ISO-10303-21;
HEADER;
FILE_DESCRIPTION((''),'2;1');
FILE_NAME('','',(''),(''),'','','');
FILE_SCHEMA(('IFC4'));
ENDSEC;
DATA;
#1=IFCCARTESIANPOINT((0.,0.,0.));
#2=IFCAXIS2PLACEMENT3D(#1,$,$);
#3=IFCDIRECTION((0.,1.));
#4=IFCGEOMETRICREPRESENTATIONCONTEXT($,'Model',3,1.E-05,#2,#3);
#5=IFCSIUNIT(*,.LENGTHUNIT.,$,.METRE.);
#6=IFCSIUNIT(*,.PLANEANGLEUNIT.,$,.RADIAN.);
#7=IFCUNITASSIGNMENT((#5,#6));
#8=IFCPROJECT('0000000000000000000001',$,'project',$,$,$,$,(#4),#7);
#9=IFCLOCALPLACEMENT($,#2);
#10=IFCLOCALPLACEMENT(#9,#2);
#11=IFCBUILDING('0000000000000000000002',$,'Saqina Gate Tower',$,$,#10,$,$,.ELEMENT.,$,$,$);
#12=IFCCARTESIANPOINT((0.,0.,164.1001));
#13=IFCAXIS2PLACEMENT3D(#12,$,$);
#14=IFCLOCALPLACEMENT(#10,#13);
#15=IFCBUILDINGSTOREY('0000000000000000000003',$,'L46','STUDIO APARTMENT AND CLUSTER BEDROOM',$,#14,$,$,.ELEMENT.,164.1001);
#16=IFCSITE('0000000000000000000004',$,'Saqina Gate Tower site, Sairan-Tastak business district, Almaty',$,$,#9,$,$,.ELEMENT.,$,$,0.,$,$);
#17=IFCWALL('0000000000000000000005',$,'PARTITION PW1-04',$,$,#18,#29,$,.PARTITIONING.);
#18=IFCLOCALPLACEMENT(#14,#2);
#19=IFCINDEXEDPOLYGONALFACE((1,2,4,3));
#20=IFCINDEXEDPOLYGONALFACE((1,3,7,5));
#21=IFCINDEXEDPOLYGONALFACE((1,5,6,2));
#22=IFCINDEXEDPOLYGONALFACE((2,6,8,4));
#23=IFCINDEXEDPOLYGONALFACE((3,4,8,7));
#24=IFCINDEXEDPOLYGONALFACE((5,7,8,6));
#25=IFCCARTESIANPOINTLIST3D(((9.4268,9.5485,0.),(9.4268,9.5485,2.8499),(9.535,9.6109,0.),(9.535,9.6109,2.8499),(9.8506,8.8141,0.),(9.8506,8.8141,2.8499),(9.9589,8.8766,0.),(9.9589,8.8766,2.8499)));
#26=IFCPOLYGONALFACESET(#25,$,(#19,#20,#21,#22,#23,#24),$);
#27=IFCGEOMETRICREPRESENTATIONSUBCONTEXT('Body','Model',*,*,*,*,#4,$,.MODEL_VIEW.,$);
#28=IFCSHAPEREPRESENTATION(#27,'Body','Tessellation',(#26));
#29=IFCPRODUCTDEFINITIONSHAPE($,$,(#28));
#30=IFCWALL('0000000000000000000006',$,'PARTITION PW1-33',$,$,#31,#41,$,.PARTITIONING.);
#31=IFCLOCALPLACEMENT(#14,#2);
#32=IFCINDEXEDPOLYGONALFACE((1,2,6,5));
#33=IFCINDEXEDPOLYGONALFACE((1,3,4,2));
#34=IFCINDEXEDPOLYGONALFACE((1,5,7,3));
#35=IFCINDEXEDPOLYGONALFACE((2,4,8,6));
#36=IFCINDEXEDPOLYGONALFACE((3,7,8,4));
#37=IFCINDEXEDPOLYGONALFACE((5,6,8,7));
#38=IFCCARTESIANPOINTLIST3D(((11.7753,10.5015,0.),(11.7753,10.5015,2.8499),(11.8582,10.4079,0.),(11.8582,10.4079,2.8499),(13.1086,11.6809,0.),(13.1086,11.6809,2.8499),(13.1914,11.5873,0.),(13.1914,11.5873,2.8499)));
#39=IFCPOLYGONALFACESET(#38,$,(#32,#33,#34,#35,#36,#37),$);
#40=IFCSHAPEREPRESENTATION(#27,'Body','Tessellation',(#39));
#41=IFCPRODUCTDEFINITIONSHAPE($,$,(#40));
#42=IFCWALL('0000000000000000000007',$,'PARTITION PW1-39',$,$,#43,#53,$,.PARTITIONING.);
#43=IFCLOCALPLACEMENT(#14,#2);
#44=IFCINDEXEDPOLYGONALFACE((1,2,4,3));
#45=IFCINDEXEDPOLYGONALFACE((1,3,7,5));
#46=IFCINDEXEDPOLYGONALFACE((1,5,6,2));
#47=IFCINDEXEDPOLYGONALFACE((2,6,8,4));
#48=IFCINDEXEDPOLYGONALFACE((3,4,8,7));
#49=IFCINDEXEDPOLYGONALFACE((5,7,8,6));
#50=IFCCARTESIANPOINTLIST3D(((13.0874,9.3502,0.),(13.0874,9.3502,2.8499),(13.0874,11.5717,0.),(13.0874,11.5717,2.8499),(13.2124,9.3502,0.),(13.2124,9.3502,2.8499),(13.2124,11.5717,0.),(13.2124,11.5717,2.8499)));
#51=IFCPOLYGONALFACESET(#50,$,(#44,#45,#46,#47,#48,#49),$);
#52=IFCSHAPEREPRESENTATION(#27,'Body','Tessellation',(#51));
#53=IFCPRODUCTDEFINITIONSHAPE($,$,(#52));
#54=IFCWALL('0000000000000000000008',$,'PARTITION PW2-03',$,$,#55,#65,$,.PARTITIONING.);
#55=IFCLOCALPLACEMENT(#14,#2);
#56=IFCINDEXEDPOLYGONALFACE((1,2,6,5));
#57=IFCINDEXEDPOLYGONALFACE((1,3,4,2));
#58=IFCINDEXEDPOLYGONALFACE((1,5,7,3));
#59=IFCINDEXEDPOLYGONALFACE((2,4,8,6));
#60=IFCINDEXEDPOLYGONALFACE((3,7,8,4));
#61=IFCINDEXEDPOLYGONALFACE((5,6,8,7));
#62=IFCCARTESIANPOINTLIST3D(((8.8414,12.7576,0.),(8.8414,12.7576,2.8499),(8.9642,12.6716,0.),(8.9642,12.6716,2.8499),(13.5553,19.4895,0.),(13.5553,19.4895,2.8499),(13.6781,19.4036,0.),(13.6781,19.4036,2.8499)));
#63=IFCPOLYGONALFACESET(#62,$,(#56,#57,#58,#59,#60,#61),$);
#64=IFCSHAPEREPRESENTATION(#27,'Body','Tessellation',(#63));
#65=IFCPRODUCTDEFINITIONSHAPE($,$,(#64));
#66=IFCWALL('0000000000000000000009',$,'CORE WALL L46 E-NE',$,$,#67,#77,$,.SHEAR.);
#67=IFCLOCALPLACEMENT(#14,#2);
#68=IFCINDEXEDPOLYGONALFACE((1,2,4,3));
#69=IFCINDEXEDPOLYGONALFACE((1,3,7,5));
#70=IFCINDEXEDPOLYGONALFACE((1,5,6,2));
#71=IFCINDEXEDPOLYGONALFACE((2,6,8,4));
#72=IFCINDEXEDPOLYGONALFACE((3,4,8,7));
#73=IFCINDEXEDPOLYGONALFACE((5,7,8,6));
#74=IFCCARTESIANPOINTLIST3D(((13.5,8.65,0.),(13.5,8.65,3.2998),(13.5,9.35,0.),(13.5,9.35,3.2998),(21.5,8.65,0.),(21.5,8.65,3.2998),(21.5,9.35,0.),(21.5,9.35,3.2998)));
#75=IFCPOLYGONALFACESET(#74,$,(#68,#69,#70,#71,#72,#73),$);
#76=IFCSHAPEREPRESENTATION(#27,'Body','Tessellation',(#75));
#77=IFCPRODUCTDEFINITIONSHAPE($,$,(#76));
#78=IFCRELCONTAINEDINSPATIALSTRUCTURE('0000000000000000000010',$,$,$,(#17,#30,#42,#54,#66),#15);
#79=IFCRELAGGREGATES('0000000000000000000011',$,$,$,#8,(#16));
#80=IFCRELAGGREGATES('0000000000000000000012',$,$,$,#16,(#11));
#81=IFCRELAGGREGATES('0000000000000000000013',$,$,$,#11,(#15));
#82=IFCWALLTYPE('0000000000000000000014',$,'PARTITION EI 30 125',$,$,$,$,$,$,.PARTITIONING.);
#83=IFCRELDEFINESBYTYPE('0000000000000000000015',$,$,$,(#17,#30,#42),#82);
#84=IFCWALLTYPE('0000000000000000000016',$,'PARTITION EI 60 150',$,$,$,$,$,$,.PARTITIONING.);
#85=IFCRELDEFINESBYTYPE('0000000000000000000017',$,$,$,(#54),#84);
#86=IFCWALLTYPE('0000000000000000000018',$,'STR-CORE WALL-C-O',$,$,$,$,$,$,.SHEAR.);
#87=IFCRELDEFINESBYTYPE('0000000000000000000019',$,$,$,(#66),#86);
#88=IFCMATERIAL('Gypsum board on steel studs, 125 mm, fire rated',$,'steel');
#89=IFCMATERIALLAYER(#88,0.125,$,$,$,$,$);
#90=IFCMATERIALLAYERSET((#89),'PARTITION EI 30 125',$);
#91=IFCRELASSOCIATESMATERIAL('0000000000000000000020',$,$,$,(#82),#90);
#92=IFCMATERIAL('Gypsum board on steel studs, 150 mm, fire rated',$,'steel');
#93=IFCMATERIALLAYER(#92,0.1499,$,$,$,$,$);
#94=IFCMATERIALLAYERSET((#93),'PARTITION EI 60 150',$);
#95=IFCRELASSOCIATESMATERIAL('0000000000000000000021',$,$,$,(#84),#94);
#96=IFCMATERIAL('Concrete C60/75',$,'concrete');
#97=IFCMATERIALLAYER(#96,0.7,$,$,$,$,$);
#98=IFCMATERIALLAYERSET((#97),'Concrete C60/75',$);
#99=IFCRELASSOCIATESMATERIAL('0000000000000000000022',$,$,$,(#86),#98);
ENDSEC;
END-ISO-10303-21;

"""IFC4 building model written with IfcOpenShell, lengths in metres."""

from ifc_helpers import new_model, si_unit, direction, frame, frame_2d, origin, place, context, subcontext, project, spatial, rectangle, extrude, material, layer, layer_set, type_object, element, save


model = new_model("IFC4")

# Units and contexts
model_context = context("Model", 3, precision=1e-05, world=origin(), true_north=direction((0.0, 1.0)))
body_context = subcontext(model_context, "Body", "Model", "MODEL_VIEW")
ifc_project = project(units=[si_unit("LENGTHUNIT", "METRE"), si_unit("PLANEANGLEUNIT", "RADIAN")], contexts=[model_context])

# Site, building, storey
site_placement = place(None, origin())
site = spatial("IfcSite", under=ifc_project, at=site_placement, Name="Saqina Gate Tower site, Sairan-Tastak business district, Almaty", CompositionType="ELEMENT", RefElevation=0.0)
building_placement = place(site_placement, origin())
building = spatial("IfcBuilding", under=site, at=building_placement, Name="Saqina Gate Tower", CompositionType="ELEMENT")
storey_placement = place(building_placement, frame((0.0, 0.0, 164.1001)))
storey = spatial("IfcBuildingStorey", under=building, at=storey_placement, Name="L46", Description="STUDIO APARTMENT AND CLUSTER BEDROOM", CompositionType="ELEMENT", Elevation=164.1001)

# Walls
ifc_material_1 = material(Name="Gypsum board on steel studs, 125 mm, fire rated", Category="steel")
ifc_layer_1 = layer(ifc_material_1, 0.125)
ifc_layer_set_1 = layer_set([ifc_layer_1], Name="PARTITION EI 30 125")
wall_type_1 = type_object("IfcWallType", Name="PARTITION EI 30 125", PredefinedType="PARTITIONING", material=ifc_layer_set_1)
wall_1_placement = place(storey_placement, frame((9.481, 9.5796, 0.0), z_axis=(0.0, 0.0, 1.0), x_axis=(0.499855, -0.866109, 0.0)))
element("IfcWall", 1, at=wall_1_placement, inside=storey, type_object=wall_type_1, Name="PARTITION PW1-04", PredefinedType="PARTITIONING", context=body_context, shape_type="SweptSolid", body=[
    extrude(rectangle(XDim=0.8479, YDim=0.125, at=frame_2d((0.4238, 0.0))), origin(), (0.0, 0.0, 1.0), 2.8499),
])
wall_2_placement = place(storey_placement, frame((11.8167, 10.4546, 0.0), z_axis=(0.0, 0.0, 1.0), x_axis=(0.748989, 0.662583, 0.0)))
element("IfcWall", 2, at=wall_2_placement, inside=storey, type_object=wall_type_1, Name="PARTITION PW1-33", PredefinedType="PARTITIONING", context=body_context, shape_type="SweptSolid", body=[
    extrude(rectangle(XDim=1.78, YDim=0.125, at=frame_2d((0.8901, 0.0))), origin(), (0.0, 0.0, 1.0), 2.8499),
])
wall_3_placement = place(storey_placement, frame((13.1499, 9.3501, 0.0), z_axis=(0.0, 0.0, 1.0), x_axis=(0.0, 1.0, 0.0)))
element("IfcWall", 3, at=wall_3_placement, inside=storey, type_object=wall_type_1, Name="PARTITION PW1-39", PredefinedType="PARTITIONING", context=body_context, shape_type="SweptSolid", body=[
    extrude(rectangle(XDim=2.2214, YDim=0.125, at=frame_2d((1.1108, 0.0))), origin(), (0.0, 0.0, 1.0), 2.8499),
])
ifc_material_2 = material(Name="Gypsum board on steel studs, 150 mm, fire rated", Category="steel")
ifc_layer_2 = layer(ifc_material_2, 0.1499)
ifc_layer_set_2 = layer_set([ifc_layer_2], Name="PARTITION EI 60 150")
wall_type_2 = type_object("IfcWallType", Name="PARTITION EI 60 150", PredefinedType="PARTITIONING", material=ifc_layer_set_2)
wall_4_placement = place(storey_placement, frame((8.9028, 12.7146, 0.0), z_axis=(0.0, 0.0, 1.0), x_axis=(0.573586, 0.819145, 0.0)))
element("IfcWall", 4, at=wall_4_placement, inside=storey, type_object=wall_type_2, Name="PARTITION PW2-03", PredefinedType="PARTITIONING", context=body_context, shape_type="SweptSolid", body=[
    extrude(rectangle(XDim=8.2183, YDim=0.1499, at=frame_2d((4.1091, 0.0))), origin(), (0.0, 0.0, 1.0), 2.8499),
])
ifc_material_3 = material(Name="Concrete C60/75", Category="concrete")
ifc_layer_3 = layer(ifc_material_3, 0.7)
ifc_layer_set_3 = layer_set([ifc_layer_3], Name="Concrete C60/75")
wall_type_3 = type_object("IfcWallType", Name="STR-CORE WALL-C-O", PredefinedType="SHEAR", material=ifc_layer_set_3)
wall_5_placement = place(storey_placement, frame((13.5, 9.0, 0.0), z_axis=(0.0, 0.0, 1.0), x_axis=(1.0, 0.0, 0.0)))
element("IfcWall", 5, at=wall_5_placement, inside=storey, type_object=wall_type_3, Name="CORE WALL L46 E-NE", PredefinedType="SHEAR", context=body_context, shape_type="SweptSolid", body=[
    extrude(rectangle(XDim=8.0, YDim=0.7, at=frame_2d((4.0, 0.0))), origin(), (0.0, 0.0, 1.0), 3.2998),
])

save(model, "model.ifc")
